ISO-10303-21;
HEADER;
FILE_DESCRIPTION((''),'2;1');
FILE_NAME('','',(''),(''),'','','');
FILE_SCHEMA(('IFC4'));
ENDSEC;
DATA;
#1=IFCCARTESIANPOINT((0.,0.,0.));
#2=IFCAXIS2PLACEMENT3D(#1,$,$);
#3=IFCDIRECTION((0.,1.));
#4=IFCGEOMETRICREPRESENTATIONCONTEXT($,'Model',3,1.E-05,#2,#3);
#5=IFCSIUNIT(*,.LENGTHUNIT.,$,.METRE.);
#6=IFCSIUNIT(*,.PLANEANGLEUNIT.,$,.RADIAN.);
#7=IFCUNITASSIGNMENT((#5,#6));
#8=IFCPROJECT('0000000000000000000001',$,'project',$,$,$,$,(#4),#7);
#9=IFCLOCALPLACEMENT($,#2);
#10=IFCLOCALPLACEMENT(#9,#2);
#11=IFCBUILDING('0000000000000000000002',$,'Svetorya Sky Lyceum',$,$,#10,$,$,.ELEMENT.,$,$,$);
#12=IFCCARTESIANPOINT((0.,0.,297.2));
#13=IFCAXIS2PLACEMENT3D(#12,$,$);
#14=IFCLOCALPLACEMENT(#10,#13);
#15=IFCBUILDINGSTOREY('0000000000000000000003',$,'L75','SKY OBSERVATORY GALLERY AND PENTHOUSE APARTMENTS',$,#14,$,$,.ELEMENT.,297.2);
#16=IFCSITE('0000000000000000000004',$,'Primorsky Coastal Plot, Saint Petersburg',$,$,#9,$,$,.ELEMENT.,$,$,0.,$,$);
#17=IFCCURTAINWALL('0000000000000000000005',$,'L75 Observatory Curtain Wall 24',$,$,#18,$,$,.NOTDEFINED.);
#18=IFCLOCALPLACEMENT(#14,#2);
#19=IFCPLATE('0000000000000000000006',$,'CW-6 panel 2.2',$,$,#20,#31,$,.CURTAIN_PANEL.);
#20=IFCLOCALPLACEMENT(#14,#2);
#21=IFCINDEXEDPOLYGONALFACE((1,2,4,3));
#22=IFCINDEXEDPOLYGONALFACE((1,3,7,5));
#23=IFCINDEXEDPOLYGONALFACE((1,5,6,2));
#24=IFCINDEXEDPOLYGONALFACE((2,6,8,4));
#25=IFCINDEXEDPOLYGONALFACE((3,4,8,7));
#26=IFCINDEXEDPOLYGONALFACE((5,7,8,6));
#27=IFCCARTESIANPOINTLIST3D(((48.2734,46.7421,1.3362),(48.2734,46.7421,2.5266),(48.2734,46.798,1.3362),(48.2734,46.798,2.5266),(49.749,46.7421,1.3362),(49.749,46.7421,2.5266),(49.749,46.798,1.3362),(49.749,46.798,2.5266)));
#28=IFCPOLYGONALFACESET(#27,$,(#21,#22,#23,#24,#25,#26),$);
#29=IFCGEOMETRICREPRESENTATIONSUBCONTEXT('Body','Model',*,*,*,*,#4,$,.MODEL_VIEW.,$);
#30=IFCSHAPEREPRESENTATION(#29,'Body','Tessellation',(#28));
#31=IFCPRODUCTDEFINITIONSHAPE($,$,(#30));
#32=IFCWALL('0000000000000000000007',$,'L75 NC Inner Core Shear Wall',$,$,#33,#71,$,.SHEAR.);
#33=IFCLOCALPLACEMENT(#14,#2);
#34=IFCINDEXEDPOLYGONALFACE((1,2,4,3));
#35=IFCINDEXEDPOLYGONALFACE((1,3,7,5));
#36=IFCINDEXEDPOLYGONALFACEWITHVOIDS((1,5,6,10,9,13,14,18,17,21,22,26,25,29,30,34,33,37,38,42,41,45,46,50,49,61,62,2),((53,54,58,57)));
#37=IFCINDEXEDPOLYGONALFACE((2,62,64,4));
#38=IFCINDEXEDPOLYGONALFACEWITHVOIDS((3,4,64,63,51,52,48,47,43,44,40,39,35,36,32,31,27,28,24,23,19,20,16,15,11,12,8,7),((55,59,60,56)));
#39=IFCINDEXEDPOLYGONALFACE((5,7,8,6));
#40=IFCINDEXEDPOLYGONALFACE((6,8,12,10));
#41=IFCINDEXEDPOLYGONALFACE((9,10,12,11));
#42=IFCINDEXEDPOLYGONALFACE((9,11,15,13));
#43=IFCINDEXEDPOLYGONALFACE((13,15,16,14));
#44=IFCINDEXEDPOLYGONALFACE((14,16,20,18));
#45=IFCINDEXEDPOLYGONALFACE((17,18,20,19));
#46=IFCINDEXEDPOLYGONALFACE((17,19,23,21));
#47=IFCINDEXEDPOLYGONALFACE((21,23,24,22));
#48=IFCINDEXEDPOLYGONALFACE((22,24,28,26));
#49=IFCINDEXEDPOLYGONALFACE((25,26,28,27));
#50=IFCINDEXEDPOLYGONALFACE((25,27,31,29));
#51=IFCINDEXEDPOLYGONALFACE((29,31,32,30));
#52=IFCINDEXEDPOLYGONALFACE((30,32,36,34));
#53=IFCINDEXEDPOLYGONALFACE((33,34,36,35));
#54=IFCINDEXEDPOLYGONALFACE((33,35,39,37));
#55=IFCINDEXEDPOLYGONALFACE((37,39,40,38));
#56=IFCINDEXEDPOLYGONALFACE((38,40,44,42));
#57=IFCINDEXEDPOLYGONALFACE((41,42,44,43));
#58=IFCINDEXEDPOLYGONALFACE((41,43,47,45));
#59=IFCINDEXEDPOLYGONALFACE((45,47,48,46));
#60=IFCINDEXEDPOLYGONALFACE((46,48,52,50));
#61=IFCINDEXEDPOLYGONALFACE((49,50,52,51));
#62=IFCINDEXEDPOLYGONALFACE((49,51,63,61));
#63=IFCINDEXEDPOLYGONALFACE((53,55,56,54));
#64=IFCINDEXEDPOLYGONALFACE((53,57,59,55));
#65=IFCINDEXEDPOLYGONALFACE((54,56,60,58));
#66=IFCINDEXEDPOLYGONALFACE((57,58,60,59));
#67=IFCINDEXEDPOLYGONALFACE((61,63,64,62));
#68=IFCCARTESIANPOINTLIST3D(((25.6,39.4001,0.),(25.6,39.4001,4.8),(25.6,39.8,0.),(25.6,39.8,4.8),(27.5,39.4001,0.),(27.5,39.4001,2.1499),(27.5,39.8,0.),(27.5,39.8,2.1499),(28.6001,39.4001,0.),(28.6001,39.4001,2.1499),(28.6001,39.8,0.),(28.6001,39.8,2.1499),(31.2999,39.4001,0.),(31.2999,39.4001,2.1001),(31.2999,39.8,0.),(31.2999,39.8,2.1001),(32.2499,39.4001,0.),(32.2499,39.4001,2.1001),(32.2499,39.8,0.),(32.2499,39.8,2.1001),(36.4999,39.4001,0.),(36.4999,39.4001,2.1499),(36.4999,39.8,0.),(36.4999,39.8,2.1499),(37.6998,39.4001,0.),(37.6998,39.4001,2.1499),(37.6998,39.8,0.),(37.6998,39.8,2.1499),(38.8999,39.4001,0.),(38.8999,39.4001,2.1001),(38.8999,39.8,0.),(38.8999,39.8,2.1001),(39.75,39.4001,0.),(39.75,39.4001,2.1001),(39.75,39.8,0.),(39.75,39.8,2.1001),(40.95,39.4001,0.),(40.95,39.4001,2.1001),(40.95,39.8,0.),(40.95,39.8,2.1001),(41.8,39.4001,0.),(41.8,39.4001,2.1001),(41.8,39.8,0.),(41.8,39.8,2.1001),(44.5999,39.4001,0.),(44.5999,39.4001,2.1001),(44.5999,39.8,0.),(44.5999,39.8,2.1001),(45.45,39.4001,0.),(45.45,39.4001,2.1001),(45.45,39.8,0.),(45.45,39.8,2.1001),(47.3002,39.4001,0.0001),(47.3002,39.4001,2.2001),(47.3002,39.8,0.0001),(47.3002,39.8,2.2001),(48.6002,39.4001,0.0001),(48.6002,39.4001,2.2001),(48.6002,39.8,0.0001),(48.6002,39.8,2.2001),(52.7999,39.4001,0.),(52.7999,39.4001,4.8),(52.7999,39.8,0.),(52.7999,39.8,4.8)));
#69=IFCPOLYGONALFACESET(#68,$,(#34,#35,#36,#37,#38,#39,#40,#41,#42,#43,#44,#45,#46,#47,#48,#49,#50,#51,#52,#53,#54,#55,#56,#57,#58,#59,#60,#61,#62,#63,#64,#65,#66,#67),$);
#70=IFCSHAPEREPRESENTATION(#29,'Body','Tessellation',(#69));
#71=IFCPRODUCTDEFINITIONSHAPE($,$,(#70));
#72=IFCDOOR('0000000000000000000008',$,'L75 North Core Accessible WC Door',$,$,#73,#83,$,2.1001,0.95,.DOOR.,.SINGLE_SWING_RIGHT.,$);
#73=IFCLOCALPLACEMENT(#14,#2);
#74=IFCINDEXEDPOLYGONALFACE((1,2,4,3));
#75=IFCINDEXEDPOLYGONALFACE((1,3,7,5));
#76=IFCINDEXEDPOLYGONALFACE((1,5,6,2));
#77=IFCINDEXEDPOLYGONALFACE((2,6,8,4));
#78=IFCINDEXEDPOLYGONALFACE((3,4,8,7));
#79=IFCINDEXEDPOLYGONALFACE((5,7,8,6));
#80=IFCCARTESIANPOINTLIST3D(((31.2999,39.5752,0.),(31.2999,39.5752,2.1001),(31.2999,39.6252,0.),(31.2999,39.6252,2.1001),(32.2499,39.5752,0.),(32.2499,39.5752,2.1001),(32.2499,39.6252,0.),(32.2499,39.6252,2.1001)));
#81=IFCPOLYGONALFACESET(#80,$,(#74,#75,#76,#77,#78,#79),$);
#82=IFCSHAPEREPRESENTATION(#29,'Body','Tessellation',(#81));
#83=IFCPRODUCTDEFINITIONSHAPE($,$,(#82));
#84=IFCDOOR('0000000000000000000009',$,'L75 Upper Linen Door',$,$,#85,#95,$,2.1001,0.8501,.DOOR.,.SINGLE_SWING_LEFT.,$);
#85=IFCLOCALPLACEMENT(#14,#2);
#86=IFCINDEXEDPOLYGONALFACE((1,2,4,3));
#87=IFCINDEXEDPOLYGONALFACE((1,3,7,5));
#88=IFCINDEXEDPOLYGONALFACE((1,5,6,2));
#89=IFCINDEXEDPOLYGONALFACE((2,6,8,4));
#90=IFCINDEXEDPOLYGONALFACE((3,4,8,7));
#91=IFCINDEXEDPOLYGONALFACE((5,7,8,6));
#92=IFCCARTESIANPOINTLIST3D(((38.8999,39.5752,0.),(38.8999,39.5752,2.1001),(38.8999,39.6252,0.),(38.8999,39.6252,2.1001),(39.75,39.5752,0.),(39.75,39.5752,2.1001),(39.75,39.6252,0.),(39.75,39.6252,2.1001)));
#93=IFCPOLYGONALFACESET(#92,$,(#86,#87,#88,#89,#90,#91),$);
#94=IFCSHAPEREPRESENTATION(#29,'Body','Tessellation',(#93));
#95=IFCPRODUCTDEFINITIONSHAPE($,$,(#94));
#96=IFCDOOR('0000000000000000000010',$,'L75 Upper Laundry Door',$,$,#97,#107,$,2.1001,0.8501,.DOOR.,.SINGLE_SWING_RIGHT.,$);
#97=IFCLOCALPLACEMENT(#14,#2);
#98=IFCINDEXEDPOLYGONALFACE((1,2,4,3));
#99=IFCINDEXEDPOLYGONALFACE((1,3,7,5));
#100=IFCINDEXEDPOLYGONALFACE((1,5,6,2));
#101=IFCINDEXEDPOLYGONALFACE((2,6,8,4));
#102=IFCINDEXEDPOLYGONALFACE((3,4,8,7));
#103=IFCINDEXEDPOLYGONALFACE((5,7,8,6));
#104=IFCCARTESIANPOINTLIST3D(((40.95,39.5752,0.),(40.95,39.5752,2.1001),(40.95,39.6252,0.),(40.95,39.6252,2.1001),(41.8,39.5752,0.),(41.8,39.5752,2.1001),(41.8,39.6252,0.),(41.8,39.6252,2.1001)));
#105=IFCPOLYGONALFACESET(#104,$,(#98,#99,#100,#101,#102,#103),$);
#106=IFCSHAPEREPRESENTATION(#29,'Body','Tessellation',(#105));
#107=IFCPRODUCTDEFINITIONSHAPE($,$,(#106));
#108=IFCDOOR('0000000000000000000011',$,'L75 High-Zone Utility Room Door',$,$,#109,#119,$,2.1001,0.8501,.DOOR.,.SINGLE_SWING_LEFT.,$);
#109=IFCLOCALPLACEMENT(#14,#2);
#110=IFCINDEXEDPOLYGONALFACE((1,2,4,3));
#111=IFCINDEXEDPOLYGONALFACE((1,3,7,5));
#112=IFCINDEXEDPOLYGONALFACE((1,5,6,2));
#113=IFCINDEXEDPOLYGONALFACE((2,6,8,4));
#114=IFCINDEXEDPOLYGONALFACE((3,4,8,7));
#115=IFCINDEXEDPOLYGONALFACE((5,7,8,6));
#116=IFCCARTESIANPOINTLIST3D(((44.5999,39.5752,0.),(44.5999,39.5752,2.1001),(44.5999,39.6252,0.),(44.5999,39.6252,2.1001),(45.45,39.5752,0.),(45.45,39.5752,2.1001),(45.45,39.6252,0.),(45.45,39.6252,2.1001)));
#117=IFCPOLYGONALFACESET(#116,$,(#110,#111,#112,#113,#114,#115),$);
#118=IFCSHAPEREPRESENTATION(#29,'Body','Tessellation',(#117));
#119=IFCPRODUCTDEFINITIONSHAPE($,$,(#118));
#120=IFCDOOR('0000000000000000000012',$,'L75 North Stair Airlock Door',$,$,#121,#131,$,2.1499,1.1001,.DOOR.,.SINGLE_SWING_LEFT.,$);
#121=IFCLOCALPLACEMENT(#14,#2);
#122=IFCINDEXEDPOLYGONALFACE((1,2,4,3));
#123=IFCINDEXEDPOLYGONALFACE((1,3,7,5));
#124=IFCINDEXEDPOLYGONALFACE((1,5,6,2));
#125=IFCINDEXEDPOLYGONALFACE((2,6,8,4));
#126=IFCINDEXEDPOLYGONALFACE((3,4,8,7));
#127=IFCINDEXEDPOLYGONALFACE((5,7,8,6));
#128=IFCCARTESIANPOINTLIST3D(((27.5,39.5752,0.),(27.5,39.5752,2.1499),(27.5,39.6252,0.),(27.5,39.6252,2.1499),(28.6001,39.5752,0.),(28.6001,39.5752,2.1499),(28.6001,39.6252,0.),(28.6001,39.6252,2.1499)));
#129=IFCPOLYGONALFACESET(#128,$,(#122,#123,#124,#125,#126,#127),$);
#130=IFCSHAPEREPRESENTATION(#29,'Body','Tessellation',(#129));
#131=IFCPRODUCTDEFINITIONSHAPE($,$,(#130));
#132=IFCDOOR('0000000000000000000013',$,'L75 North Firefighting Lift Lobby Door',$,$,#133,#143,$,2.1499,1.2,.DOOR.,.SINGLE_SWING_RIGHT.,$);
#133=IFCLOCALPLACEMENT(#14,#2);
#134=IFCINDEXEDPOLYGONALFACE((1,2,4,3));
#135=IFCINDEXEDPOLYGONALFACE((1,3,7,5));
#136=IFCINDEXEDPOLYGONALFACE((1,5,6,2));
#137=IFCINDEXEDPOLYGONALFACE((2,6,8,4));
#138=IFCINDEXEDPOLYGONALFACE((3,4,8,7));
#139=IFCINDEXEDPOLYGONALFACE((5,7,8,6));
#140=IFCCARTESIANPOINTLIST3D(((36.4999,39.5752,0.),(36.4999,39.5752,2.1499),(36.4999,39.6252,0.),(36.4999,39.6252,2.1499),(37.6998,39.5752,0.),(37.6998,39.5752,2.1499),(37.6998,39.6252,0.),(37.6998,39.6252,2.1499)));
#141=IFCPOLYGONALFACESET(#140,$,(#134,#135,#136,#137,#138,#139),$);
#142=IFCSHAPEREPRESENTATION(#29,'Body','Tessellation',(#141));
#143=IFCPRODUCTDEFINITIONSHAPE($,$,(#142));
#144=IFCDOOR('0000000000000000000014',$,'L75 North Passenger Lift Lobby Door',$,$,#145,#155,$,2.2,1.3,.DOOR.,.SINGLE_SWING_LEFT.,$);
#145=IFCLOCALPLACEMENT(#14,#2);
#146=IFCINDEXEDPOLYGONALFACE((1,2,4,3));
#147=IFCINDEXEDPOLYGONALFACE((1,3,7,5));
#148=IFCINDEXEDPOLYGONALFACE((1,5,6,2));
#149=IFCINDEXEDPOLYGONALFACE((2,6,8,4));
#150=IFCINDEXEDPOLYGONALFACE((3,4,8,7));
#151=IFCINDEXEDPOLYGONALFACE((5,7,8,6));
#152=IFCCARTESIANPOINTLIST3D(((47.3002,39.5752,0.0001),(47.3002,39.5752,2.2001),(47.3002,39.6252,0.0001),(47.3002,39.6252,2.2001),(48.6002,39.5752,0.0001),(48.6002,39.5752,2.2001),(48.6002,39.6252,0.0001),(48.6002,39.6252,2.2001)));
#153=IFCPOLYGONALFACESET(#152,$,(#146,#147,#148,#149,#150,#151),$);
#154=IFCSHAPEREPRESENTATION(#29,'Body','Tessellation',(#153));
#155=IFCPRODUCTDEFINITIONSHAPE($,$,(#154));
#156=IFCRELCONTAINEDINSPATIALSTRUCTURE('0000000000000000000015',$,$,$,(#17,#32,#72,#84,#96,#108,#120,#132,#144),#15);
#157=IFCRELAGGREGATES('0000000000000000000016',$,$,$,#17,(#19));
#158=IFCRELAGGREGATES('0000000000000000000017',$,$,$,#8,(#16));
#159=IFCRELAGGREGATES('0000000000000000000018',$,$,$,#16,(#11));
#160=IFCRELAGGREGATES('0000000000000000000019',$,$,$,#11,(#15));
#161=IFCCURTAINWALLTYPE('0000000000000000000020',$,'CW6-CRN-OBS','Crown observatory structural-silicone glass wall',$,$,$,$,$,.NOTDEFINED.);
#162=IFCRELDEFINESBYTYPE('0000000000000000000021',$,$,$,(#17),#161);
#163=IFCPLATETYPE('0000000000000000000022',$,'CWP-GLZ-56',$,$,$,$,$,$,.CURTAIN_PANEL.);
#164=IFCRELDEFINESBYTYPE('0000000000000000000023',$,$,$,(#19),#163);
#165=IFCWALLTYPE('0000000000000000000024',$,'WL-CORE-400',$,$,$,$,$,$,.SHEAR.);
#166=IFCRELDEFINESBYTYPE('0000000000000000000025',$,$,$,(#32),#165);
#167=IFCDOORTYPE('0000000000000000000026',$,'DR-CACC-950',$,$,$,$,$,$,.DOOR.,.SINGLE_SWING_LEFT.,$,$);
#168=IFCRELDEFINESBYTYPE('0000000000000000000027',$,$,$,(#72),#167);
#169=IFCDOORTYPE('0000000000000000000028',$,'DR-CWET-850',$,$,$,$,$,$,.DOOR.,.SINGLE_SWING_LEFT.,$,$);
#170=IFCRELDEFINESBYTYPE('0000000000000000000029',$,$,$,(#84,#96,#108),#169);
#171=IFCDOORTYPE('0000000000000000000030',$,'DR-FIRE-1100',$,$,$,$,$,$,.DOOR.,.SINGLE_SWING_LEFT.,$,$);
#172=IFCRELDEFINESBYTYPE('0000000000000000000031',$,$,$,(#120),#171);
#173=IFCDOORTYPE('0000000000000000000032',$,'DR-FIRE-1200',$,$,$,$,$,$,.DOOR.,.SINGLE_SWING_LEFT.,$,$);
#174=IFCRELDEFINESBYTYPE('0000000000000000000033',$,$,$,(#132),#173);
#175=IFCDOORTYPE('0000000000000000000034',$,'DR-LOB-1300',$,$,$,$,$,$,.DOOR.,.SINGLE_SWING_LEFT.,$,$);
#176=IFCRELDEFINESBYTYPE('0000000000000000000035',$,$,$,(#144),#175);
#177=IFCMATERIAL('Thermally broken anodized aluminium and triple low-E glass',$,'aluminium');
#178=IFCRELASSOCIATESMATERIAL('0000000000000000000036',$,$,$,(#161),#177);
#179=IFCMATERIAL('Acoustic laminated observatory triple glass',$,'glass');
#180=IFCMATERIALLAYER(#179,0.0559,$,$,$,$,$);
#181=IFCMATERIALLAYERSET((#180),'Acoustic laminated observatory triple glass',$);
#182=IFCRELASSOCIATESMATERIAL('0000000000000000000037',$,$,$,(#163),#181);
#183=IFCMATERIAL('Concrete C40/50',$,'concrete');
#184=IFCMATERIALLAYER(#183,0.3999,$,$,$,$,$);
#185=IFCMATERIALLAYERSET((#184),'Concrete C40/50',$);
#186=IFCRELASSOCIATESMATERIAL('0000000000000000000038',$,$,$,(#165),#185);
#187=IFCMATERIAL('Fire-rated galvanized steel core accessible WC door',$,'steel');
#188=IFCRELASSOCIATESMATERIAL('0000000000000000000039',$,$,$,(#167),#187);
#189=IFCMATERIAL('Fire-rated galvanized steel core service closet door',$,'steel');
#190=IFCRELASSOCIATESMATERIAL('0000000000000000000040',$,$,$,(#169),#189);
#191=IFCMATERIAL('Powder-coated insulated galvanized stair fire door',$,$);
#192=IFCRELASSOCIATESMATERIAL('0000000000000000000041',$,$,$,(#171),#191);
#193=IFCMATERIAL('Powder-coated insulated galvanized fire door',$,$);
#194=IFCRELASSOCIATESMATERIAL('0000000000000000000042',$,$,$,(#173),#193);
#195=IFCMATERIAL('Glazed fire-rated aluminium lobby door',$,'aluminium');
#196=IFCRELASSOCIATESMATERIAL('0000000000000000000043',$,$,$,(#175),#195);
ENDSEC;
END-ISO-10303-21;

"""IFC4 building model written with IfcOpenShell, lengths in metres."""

from ifc_helpers import new_model, si_unit, direction, frame, frame_2d, origin, origin_2d, place, context, subcontext, project, spatial, rectangle, extrude, material, layer, layer_set, type_object, element, fill, aggregate, save


model = new_model("IFC4")

# Units and contexts
model_context = context("Model", 3, precision=1e-05, world=origin(), true_north=direction((0.0, 1.0)))
body_context = subcontext(model_context, "Body", "Model", "MODEL_VIEW")
ifc_project = project(units=[si_unit("LENGTHUNIT", "METRE"), si_unit("PLANEANGLEUNIT", "RADIAN")], contexts=[model_context])

# Site, building, storey
site_placement = place(None, origin())
site = spatial("IfcSite", under=ifc_project, at=site_placement, Name="Primorsky Coastal Plot, Saint Petersburg", CompositionType="ELEMENT", RefElevation=0.0)
building_placement = place(site_placement, origin())
building = spatial("IfcBuilding", under=site, at=building_placement, Name="Svetorya Sky Lyceum", CompositionType="ELEMENT")
storey_placement = place(building_placement, frame((0.0, 0.0, 297.2)))
storey = spatial("IfcBuildingStorey", under=building, at=storey_placement, Name="L75", Description="SKY OBSERVATORY GALLERY AND PENTHOUSE APARTMENTS", CompositionType="ELEMENT", Elevation=297.2)

# Shared definitions
ifc_material_1 = material(Name="Concrete C40/50", Category="concrete")

# Curtain wall, plate
ifc_material_2 = material(Name="Thermally broken anodized aluminium and triple low-E glass", Category="aluminium")
curtain_wall_type = type_object("IfcCurtainWallType", Name="CW6-CRN-OBS", Description="Crown observatory structural-silicone glass wall", PredefinedType="NOTDEFINED", material=ifc_material_2)
curtain_wall_placement = place(storey_placement, origin())
curtain_wall = element("IfcCurtainWall", 1, at=curtain_wall_placement, inside=storey, type_object=curtain_wall_type, Name="L75 Observatory Curtain Wall 24", PredefinedType="NOTDEFINED")
ifc_material_3 = material(Name="Acoustic laminated observatory triple glass", Category="glass")
ifc_layer_1 = layer(ifc_material_3, 0.0559)
ifc_layer_set_1 = layer_set([ifc_layer_1], Name="Acoustic laminated observatory triple glass")
plate_type = type_object("IfcPlateType", Name="CWP-GLZ-56", PredefinedType="CURTAIN_PANEL", material=ifc_layer_set_1)
plate_1_placement = place(storey_placement, frame((49.0112, 46.77, 1.3362), z_axis=(0.0, 0.0, 1.0), x_axis=(-1.0, 0.0, 0.0)))
plate_1 = element("IfcPlate", 2, at=plate_1_placement, type_object=plate_type, Name="CW-6 panel 2.2", PredefinedType="CURTAIN_PANEL", context=body_context, shape_type="SweptSolid", body=[
    extrude(rectangle(XDim=1.4756, YDim=0.0559, at=origin_2d()), origin(), (0.0, 0.0, 1.0), 1.1904),
])
aggregate(curtain_wall, [plate_1])

# Wall, openings, doors
ifc_layer_2 = layer(ifc_material_1, 0.3999)
ifc_layer_set_2 = layer_set([ifc_layer_2], Name="Concrete C40/50")
wall_type_1 = type_object("IfcWallType", Name="WL-CORE-400", PredefinedType="SHEAR", material=ifc_layer_set_2)
wall_1_placement = place(storey_placement, frame((52.8, 39.6001, 0.0), z_axis=(0.0, 0.0, 1.0), x_axis=(-1.0, 0.0, 0.0)))
wall_1 = element("IfcWall", 3, at=wall_1_placement, inside=storey, type_object=wall_type_1, Name="L75 NC Inner Core Shear Wall", PredefinedType="SHEAR", context=body_context, shape_type="SweptSolid", body=[
    extrude(rectangle(XDim=27.2, YDim=0.3999, at=frame_2d((13.6001, 0.0))), origin(), (0.0, 0.0, 1.0), 4.8),
])
opening_1_placement = place(wall_1_placement, frame((24.2, 0.0, 0.0)))
opening_1 = element("IfcOpeningElement", 4, at=opening_1_placement, cuts=wall_1, PredefinedType="OPENING", context=body_context, shape_type="SweptSolid", body=[
    extrude(rectangle(XDim=1.1001, YDim=2.1499, at=frame_2d((0.55, 1.075))), frame((0.0, 0.21, 0.0), z_axis=(0.0, -1.0, 0.0), x_axis=(1.0, 0.0, 0.0)), (0.0, 0.0, 1.0), 0.4199),
])
opening_2_placement = place(wall_1_placement, frame((20.55, 0.0, 0.0)))
opening_2 = element("IfcOpeningElement", 5, at=opening_2_placement, cuts=wall_1, PredefinedType="OPENING", context=body_context, shape_type="SweptSolid", body=[
    extrude(rectangle(XDim=0.95, YDim=2.1001, at=frame_2d((0.4751, 1.05))), frame((0.0, 0.21, 0.0), z_axis=(0.0, -1.0, 0.0), x_axis=(1.0, 0.0, 0.0)), (0.0, 0.0, 1.0), 0.4199),
])
opening_3_placement = place(wall_1_placement, frame((15.1001, 0.0, 0.0)))
opening_3 = element("IfcOpeningElement", 6, at=opening_3_placement, cuts=wall_1, PredefinedType="OPENING", context=body_context, shape_type="SweptSolid", body=[
    extrude(rectangle(XDim=1.2, YDim=2.1499, at=frame_2d((0.6001, 1.075))), frame((0.0, 0.21, 0.0), z_axis=(0.0, -1.0, 0.0), x_axis=(1.0, 0.0, 0.0)), (0.0, 0.0, 1.0), 0.4199),
])
opening_4_placement = place(wall_1_placement, frame((13.05, 0.0, 0.0)))
opening_4 = element("IfcOpeningElement", 7, at=opening_4_placement, cuts=wall_1, PredefinedType="OPENING", context=body_context, shape_type="SweptSolid", body=[
    extrude(rectangle(XDim=0.8501, YDim=2.1001, at=frame_2d((0.425, 1.05))), frame((0.0, 0.21, 0.0), z_axis=(0.0, -1.0, 0.0), x_axis=(1.0, 0.0, 0.0)), (0.0, 0.0, 1.0), 0.4199),
])
opening_5_placement = place(wall_1_placement, frame((11.0, 0.0, 0.0)))
opening_5 = element("IfcOpeningElement", 8, at=opening_5_placement, cuts=wall_1, PredefinedType="OPENING", context=body_context, shape_type="SweptSolid", body=[
    extrude(rectangle(XDim=0.8501, YDim=2.1001, at=frame_2d((0.425, 1.05))), frame((0.0, 0.21, 0.0), z_axis=(0.0, -1.0, 0.0), x_axis=(1.0, 0.0, 0.0)), (0.0, 0.0, 1.0), 0.4199),
])
opening_6_placement = place(wall_1_placement, frame((7.3501, 0.0, 0.0)))
opening_6 = element("IfcOpeningElement", 9, at=opening_6_placement, cuts=wall_1, PredefinedType="OPENING", context=body_context, shape_type="SweptSolid", body=[
    extrude(rectangle(XDim=0.8501, YDim=2.1001, at=frame_2d((0.425, 1.05))), frame((0.0, 0.21, 0.0), z_axis=(0.0, -1.0, 0.0), x_axis=(1.0, 0.0, 0.0)), (0.0, 0.0, 1.0), 0.4199),
])
opening_7_placement = place(wall_1_placement, frame((4.2, 0.0, 0.0)))
opening_7 = element("IfcOpeningElement", 10, at=opening_7_placement, cuts=wall_1, PredefinedType="OPENING", context=body_context, shape_type="SweptSolid", body=[
    extrude(rectangle(XDim=1.3, YDim=2.2, at=frame_2d((0.6499, 1.1001))), frame((0.0, 0.21, 0.0), z_axis=(0.0, -1.0, 0.0), x_axis=(1.0, 0.0, 0.0)), (0.0, 0.0, 1.0), 0.4199),
])
ifc_material_4 = material(Name="Fire-rated galvanized steel core accessible WC door", Category="steel")
door_type_1 = type_object("IfcDoorType", Name="DR-CACC-950", OperationType="SINGLE_SWING_LEFT", PredefinedType="DOOR", material=ifc_material_4)
door_1_placement = place(opening_2_placement, origin())
door_1 = element("IfcDoor", 11, at=door_1_placement, inside=storey, type_object=door_type_1, Name="L75 North Core Accessible WC Door", OperationType="SINGLE_SWING_RIGHT", OverallHeight=2.1001, OverallWidth=0.95, PredefinedType="DOOR", context=body_context, shape_type="SweptSolid", body=[
    extrude(rectangle(XDim=0.95, YDim=2.1001, at=frame_2d((0.4751, 1.05))), frame((0.0, 0.0249, 0.0), z_axis=(0.0, -1.0, 0.0), x_axis=(1.0, 0.0, 0.0)), (0.0, 0.0, 1.0), 0.05),
])
fill(opening_2, door_1)
ifc_material_5 = material(Name="Fire-rated galvanized steel core service closet door", Category="steel")
door_type_2 = type_object("IfcDoorType", Name="DR-CWET-850", OperationType="SINGLE_SWING_LEFT", PredefinedType="DOOR", material=ifc_material_5)
door_2_placement = place(opening_4_placement, origin())
door_2 = element("IfcDoor", 12, at=door_2_placement, inside=storey, type_object=door_type_2, Name="L75 Upper Linen Door", OperationType="SINGLE_SWING_LEFT", OverallHeight=2.1001, OverallWidth=0.8501, PredefinedType="DOOR", context=body_context, shape_type="SweptSolid", body=[
    extrude(rectangle(XDim=0.8501, YDim=2.1001, at=frame_2d((0.425, 1.05))), frame((0.0, 0.0249, 0.0), z_axis=(0.0, -1.0, 0.0), x_axis=(1.0, 0.0, 0.0)), (0.0, 0.0, 1.0), 0.05),
])
fill(opening_4, door_2)
door_3_placement = place(opening_5_placement, origin())
door_3 = element("IfcDoor", 13, at=door_3_placement, inside=storey, type_object=door_type_2, Name="L75 Upper Laundry Door", OperationType="SINGLE_SWING_RIGHT", OverallHeight=2.1001, OverallWidth=0.8501, PredefinedType="DOOR", context=body_context, shape_type="SweptSolid", body=[
    extrude(rectangle(XDim=0.8501, YDim=2.1001, at=frame_2d((0.425, 1.05))), frame((0.0, 0.0249, 0.0), z_axis=(0.0, -1.0, 0.0), x_axis=(1.0, 0.0, 0.0)), (0.0, 0.0, 1.0), 0.05),
])
fill(opening_5, door_3)
door_4_placement = place(opening_6_placement, origin())
door_4 = element("IfcDoor", 14, at=door_4_placement, inside=storey, type_object=door_type_2, Name="L75 High-Zone Utility Room Door", OperationType="SINGLE_SWING_LEFT", OverallHeight=2.1001, OverallWidth=0.8501, PredefinedType="DOOR", context=body_context, shape_type="SweptSolid", body=[
    extrude(rectangle(XDim=0.8501, YDim=2.1001, at=frame_2d((0.425, 1.05))), frame((0.0, 0.0249, 0.0), z_axis=(0.0, -1.0, 0.0), x_axis=(1.0, 0.0, 0.0)), (0.0, 0.0, 1.0), 0.05),
])
fill(opening_6, door_4)
ifc_material_6 = material(Name="Powder-coated insulated galvanized stair fire door")
door_type_3 = type_object("IfcDoorType", Name="DR-FIRE-1100", OperationType="SINGLE_SWING_LEFT", PredefinedType="DOOR", material=ifc_material_6)
door_5_placement = place(opening_1_placement, origin())
door_5 = element("IfcDoor", 15, at=door_5_placement, inside=storey, type_object=door_type_3, Name="L75 North Stair Airlock Door", OperationType="SINGLE_SWING_LEFT", OverallHeight=2.1499, OverallWidth=1.1001, PredefinedType="DOOR", context=body_context, shape_type="SweptSolid", body=[
    extrude(rectangle(XDim=1.1001, YDim=2.1499, at=frame_2d((0.55, 1.075))), frame((0.0, 0.0249, 0.0), z_axis=(0.0, -1.0, 0.0), x_axis=(1.0, 0.0, 0.0)), (0.0, 0.0, 1.0), 0.05),
])
fill(opening_1, door_5)
ifc_material_7 = material(Name="Powder-coated insulated galvanized fire door")
door_type_4 = type_object("IfcDoorType", Name="DR-FIRE-1200", OperationType="SINGLE_SWING_LEFT", PredefinedType="DOOR", material=ifc_material_7)
door_6_placement = place(opening_3_placement, origin())
door_6 = element("IfcDoor", 16, at=door_6_placement, inside=storey, type_object=door_type_4, Name="L75 North Firefighting Lift Lobby Door", OperationType="SINGLE_SWING_RIGHT", OverallHeight=2.1499, OverallWidth=1.2, PredefinedType="DOOR", context=body_context, shape_type="SweptSolid", body=[
    extrude(rectangle(XDim=1.2, YDim=2.1499, at=frame_2d((0.6001, 1.075))), frame((0.0, 0.0249, 0.0), z_axis=(0.0, -1.0, 0.0), x_axis=(1.0, 0.0, 0.0)), (0.0, 0.0, 1.0), 0.05),
])
fill(opening_3, door_6)
ifc_material_8 = material(Name="Glazed fire-rated aluminium lobby door", Category="aluminium")
door_type_5 = type_object("IfcDoorType", Name="DR-LOB-1300", OperationType="SINGLE_SWING_LEFT", PredefinedType="DOOR", material=ifc_material_8)
door_7_placement = place(opening_7_placement, origin())
door_7 = element("IfcDoor", 17, at=door_7_placement, inside=storey, type_object=door_type_5, Name="L75 North Passenger Lift Lobby Door", OperationType="SINGLE_SWING_LEFT", OverallHeight=2.2, OverallWidth=1.3, PredefinedType="DOOR", context=body_context, shape_type="SweptSolid", body=[
    extrude(rectangle(XDim=1.3, YDim=2.2, at=frame_2d((0.6499, 1.1001))), frame((0.0, 0.0249, 0.0), z_axis=(0.0, -1.0, 0.0), x_axis=(1.0, 0.0, 0.0)), (0.0, 0.0, 1.0), 0.05),
])
fill(opening_7, door_7)

save(model, "model.ifc")
